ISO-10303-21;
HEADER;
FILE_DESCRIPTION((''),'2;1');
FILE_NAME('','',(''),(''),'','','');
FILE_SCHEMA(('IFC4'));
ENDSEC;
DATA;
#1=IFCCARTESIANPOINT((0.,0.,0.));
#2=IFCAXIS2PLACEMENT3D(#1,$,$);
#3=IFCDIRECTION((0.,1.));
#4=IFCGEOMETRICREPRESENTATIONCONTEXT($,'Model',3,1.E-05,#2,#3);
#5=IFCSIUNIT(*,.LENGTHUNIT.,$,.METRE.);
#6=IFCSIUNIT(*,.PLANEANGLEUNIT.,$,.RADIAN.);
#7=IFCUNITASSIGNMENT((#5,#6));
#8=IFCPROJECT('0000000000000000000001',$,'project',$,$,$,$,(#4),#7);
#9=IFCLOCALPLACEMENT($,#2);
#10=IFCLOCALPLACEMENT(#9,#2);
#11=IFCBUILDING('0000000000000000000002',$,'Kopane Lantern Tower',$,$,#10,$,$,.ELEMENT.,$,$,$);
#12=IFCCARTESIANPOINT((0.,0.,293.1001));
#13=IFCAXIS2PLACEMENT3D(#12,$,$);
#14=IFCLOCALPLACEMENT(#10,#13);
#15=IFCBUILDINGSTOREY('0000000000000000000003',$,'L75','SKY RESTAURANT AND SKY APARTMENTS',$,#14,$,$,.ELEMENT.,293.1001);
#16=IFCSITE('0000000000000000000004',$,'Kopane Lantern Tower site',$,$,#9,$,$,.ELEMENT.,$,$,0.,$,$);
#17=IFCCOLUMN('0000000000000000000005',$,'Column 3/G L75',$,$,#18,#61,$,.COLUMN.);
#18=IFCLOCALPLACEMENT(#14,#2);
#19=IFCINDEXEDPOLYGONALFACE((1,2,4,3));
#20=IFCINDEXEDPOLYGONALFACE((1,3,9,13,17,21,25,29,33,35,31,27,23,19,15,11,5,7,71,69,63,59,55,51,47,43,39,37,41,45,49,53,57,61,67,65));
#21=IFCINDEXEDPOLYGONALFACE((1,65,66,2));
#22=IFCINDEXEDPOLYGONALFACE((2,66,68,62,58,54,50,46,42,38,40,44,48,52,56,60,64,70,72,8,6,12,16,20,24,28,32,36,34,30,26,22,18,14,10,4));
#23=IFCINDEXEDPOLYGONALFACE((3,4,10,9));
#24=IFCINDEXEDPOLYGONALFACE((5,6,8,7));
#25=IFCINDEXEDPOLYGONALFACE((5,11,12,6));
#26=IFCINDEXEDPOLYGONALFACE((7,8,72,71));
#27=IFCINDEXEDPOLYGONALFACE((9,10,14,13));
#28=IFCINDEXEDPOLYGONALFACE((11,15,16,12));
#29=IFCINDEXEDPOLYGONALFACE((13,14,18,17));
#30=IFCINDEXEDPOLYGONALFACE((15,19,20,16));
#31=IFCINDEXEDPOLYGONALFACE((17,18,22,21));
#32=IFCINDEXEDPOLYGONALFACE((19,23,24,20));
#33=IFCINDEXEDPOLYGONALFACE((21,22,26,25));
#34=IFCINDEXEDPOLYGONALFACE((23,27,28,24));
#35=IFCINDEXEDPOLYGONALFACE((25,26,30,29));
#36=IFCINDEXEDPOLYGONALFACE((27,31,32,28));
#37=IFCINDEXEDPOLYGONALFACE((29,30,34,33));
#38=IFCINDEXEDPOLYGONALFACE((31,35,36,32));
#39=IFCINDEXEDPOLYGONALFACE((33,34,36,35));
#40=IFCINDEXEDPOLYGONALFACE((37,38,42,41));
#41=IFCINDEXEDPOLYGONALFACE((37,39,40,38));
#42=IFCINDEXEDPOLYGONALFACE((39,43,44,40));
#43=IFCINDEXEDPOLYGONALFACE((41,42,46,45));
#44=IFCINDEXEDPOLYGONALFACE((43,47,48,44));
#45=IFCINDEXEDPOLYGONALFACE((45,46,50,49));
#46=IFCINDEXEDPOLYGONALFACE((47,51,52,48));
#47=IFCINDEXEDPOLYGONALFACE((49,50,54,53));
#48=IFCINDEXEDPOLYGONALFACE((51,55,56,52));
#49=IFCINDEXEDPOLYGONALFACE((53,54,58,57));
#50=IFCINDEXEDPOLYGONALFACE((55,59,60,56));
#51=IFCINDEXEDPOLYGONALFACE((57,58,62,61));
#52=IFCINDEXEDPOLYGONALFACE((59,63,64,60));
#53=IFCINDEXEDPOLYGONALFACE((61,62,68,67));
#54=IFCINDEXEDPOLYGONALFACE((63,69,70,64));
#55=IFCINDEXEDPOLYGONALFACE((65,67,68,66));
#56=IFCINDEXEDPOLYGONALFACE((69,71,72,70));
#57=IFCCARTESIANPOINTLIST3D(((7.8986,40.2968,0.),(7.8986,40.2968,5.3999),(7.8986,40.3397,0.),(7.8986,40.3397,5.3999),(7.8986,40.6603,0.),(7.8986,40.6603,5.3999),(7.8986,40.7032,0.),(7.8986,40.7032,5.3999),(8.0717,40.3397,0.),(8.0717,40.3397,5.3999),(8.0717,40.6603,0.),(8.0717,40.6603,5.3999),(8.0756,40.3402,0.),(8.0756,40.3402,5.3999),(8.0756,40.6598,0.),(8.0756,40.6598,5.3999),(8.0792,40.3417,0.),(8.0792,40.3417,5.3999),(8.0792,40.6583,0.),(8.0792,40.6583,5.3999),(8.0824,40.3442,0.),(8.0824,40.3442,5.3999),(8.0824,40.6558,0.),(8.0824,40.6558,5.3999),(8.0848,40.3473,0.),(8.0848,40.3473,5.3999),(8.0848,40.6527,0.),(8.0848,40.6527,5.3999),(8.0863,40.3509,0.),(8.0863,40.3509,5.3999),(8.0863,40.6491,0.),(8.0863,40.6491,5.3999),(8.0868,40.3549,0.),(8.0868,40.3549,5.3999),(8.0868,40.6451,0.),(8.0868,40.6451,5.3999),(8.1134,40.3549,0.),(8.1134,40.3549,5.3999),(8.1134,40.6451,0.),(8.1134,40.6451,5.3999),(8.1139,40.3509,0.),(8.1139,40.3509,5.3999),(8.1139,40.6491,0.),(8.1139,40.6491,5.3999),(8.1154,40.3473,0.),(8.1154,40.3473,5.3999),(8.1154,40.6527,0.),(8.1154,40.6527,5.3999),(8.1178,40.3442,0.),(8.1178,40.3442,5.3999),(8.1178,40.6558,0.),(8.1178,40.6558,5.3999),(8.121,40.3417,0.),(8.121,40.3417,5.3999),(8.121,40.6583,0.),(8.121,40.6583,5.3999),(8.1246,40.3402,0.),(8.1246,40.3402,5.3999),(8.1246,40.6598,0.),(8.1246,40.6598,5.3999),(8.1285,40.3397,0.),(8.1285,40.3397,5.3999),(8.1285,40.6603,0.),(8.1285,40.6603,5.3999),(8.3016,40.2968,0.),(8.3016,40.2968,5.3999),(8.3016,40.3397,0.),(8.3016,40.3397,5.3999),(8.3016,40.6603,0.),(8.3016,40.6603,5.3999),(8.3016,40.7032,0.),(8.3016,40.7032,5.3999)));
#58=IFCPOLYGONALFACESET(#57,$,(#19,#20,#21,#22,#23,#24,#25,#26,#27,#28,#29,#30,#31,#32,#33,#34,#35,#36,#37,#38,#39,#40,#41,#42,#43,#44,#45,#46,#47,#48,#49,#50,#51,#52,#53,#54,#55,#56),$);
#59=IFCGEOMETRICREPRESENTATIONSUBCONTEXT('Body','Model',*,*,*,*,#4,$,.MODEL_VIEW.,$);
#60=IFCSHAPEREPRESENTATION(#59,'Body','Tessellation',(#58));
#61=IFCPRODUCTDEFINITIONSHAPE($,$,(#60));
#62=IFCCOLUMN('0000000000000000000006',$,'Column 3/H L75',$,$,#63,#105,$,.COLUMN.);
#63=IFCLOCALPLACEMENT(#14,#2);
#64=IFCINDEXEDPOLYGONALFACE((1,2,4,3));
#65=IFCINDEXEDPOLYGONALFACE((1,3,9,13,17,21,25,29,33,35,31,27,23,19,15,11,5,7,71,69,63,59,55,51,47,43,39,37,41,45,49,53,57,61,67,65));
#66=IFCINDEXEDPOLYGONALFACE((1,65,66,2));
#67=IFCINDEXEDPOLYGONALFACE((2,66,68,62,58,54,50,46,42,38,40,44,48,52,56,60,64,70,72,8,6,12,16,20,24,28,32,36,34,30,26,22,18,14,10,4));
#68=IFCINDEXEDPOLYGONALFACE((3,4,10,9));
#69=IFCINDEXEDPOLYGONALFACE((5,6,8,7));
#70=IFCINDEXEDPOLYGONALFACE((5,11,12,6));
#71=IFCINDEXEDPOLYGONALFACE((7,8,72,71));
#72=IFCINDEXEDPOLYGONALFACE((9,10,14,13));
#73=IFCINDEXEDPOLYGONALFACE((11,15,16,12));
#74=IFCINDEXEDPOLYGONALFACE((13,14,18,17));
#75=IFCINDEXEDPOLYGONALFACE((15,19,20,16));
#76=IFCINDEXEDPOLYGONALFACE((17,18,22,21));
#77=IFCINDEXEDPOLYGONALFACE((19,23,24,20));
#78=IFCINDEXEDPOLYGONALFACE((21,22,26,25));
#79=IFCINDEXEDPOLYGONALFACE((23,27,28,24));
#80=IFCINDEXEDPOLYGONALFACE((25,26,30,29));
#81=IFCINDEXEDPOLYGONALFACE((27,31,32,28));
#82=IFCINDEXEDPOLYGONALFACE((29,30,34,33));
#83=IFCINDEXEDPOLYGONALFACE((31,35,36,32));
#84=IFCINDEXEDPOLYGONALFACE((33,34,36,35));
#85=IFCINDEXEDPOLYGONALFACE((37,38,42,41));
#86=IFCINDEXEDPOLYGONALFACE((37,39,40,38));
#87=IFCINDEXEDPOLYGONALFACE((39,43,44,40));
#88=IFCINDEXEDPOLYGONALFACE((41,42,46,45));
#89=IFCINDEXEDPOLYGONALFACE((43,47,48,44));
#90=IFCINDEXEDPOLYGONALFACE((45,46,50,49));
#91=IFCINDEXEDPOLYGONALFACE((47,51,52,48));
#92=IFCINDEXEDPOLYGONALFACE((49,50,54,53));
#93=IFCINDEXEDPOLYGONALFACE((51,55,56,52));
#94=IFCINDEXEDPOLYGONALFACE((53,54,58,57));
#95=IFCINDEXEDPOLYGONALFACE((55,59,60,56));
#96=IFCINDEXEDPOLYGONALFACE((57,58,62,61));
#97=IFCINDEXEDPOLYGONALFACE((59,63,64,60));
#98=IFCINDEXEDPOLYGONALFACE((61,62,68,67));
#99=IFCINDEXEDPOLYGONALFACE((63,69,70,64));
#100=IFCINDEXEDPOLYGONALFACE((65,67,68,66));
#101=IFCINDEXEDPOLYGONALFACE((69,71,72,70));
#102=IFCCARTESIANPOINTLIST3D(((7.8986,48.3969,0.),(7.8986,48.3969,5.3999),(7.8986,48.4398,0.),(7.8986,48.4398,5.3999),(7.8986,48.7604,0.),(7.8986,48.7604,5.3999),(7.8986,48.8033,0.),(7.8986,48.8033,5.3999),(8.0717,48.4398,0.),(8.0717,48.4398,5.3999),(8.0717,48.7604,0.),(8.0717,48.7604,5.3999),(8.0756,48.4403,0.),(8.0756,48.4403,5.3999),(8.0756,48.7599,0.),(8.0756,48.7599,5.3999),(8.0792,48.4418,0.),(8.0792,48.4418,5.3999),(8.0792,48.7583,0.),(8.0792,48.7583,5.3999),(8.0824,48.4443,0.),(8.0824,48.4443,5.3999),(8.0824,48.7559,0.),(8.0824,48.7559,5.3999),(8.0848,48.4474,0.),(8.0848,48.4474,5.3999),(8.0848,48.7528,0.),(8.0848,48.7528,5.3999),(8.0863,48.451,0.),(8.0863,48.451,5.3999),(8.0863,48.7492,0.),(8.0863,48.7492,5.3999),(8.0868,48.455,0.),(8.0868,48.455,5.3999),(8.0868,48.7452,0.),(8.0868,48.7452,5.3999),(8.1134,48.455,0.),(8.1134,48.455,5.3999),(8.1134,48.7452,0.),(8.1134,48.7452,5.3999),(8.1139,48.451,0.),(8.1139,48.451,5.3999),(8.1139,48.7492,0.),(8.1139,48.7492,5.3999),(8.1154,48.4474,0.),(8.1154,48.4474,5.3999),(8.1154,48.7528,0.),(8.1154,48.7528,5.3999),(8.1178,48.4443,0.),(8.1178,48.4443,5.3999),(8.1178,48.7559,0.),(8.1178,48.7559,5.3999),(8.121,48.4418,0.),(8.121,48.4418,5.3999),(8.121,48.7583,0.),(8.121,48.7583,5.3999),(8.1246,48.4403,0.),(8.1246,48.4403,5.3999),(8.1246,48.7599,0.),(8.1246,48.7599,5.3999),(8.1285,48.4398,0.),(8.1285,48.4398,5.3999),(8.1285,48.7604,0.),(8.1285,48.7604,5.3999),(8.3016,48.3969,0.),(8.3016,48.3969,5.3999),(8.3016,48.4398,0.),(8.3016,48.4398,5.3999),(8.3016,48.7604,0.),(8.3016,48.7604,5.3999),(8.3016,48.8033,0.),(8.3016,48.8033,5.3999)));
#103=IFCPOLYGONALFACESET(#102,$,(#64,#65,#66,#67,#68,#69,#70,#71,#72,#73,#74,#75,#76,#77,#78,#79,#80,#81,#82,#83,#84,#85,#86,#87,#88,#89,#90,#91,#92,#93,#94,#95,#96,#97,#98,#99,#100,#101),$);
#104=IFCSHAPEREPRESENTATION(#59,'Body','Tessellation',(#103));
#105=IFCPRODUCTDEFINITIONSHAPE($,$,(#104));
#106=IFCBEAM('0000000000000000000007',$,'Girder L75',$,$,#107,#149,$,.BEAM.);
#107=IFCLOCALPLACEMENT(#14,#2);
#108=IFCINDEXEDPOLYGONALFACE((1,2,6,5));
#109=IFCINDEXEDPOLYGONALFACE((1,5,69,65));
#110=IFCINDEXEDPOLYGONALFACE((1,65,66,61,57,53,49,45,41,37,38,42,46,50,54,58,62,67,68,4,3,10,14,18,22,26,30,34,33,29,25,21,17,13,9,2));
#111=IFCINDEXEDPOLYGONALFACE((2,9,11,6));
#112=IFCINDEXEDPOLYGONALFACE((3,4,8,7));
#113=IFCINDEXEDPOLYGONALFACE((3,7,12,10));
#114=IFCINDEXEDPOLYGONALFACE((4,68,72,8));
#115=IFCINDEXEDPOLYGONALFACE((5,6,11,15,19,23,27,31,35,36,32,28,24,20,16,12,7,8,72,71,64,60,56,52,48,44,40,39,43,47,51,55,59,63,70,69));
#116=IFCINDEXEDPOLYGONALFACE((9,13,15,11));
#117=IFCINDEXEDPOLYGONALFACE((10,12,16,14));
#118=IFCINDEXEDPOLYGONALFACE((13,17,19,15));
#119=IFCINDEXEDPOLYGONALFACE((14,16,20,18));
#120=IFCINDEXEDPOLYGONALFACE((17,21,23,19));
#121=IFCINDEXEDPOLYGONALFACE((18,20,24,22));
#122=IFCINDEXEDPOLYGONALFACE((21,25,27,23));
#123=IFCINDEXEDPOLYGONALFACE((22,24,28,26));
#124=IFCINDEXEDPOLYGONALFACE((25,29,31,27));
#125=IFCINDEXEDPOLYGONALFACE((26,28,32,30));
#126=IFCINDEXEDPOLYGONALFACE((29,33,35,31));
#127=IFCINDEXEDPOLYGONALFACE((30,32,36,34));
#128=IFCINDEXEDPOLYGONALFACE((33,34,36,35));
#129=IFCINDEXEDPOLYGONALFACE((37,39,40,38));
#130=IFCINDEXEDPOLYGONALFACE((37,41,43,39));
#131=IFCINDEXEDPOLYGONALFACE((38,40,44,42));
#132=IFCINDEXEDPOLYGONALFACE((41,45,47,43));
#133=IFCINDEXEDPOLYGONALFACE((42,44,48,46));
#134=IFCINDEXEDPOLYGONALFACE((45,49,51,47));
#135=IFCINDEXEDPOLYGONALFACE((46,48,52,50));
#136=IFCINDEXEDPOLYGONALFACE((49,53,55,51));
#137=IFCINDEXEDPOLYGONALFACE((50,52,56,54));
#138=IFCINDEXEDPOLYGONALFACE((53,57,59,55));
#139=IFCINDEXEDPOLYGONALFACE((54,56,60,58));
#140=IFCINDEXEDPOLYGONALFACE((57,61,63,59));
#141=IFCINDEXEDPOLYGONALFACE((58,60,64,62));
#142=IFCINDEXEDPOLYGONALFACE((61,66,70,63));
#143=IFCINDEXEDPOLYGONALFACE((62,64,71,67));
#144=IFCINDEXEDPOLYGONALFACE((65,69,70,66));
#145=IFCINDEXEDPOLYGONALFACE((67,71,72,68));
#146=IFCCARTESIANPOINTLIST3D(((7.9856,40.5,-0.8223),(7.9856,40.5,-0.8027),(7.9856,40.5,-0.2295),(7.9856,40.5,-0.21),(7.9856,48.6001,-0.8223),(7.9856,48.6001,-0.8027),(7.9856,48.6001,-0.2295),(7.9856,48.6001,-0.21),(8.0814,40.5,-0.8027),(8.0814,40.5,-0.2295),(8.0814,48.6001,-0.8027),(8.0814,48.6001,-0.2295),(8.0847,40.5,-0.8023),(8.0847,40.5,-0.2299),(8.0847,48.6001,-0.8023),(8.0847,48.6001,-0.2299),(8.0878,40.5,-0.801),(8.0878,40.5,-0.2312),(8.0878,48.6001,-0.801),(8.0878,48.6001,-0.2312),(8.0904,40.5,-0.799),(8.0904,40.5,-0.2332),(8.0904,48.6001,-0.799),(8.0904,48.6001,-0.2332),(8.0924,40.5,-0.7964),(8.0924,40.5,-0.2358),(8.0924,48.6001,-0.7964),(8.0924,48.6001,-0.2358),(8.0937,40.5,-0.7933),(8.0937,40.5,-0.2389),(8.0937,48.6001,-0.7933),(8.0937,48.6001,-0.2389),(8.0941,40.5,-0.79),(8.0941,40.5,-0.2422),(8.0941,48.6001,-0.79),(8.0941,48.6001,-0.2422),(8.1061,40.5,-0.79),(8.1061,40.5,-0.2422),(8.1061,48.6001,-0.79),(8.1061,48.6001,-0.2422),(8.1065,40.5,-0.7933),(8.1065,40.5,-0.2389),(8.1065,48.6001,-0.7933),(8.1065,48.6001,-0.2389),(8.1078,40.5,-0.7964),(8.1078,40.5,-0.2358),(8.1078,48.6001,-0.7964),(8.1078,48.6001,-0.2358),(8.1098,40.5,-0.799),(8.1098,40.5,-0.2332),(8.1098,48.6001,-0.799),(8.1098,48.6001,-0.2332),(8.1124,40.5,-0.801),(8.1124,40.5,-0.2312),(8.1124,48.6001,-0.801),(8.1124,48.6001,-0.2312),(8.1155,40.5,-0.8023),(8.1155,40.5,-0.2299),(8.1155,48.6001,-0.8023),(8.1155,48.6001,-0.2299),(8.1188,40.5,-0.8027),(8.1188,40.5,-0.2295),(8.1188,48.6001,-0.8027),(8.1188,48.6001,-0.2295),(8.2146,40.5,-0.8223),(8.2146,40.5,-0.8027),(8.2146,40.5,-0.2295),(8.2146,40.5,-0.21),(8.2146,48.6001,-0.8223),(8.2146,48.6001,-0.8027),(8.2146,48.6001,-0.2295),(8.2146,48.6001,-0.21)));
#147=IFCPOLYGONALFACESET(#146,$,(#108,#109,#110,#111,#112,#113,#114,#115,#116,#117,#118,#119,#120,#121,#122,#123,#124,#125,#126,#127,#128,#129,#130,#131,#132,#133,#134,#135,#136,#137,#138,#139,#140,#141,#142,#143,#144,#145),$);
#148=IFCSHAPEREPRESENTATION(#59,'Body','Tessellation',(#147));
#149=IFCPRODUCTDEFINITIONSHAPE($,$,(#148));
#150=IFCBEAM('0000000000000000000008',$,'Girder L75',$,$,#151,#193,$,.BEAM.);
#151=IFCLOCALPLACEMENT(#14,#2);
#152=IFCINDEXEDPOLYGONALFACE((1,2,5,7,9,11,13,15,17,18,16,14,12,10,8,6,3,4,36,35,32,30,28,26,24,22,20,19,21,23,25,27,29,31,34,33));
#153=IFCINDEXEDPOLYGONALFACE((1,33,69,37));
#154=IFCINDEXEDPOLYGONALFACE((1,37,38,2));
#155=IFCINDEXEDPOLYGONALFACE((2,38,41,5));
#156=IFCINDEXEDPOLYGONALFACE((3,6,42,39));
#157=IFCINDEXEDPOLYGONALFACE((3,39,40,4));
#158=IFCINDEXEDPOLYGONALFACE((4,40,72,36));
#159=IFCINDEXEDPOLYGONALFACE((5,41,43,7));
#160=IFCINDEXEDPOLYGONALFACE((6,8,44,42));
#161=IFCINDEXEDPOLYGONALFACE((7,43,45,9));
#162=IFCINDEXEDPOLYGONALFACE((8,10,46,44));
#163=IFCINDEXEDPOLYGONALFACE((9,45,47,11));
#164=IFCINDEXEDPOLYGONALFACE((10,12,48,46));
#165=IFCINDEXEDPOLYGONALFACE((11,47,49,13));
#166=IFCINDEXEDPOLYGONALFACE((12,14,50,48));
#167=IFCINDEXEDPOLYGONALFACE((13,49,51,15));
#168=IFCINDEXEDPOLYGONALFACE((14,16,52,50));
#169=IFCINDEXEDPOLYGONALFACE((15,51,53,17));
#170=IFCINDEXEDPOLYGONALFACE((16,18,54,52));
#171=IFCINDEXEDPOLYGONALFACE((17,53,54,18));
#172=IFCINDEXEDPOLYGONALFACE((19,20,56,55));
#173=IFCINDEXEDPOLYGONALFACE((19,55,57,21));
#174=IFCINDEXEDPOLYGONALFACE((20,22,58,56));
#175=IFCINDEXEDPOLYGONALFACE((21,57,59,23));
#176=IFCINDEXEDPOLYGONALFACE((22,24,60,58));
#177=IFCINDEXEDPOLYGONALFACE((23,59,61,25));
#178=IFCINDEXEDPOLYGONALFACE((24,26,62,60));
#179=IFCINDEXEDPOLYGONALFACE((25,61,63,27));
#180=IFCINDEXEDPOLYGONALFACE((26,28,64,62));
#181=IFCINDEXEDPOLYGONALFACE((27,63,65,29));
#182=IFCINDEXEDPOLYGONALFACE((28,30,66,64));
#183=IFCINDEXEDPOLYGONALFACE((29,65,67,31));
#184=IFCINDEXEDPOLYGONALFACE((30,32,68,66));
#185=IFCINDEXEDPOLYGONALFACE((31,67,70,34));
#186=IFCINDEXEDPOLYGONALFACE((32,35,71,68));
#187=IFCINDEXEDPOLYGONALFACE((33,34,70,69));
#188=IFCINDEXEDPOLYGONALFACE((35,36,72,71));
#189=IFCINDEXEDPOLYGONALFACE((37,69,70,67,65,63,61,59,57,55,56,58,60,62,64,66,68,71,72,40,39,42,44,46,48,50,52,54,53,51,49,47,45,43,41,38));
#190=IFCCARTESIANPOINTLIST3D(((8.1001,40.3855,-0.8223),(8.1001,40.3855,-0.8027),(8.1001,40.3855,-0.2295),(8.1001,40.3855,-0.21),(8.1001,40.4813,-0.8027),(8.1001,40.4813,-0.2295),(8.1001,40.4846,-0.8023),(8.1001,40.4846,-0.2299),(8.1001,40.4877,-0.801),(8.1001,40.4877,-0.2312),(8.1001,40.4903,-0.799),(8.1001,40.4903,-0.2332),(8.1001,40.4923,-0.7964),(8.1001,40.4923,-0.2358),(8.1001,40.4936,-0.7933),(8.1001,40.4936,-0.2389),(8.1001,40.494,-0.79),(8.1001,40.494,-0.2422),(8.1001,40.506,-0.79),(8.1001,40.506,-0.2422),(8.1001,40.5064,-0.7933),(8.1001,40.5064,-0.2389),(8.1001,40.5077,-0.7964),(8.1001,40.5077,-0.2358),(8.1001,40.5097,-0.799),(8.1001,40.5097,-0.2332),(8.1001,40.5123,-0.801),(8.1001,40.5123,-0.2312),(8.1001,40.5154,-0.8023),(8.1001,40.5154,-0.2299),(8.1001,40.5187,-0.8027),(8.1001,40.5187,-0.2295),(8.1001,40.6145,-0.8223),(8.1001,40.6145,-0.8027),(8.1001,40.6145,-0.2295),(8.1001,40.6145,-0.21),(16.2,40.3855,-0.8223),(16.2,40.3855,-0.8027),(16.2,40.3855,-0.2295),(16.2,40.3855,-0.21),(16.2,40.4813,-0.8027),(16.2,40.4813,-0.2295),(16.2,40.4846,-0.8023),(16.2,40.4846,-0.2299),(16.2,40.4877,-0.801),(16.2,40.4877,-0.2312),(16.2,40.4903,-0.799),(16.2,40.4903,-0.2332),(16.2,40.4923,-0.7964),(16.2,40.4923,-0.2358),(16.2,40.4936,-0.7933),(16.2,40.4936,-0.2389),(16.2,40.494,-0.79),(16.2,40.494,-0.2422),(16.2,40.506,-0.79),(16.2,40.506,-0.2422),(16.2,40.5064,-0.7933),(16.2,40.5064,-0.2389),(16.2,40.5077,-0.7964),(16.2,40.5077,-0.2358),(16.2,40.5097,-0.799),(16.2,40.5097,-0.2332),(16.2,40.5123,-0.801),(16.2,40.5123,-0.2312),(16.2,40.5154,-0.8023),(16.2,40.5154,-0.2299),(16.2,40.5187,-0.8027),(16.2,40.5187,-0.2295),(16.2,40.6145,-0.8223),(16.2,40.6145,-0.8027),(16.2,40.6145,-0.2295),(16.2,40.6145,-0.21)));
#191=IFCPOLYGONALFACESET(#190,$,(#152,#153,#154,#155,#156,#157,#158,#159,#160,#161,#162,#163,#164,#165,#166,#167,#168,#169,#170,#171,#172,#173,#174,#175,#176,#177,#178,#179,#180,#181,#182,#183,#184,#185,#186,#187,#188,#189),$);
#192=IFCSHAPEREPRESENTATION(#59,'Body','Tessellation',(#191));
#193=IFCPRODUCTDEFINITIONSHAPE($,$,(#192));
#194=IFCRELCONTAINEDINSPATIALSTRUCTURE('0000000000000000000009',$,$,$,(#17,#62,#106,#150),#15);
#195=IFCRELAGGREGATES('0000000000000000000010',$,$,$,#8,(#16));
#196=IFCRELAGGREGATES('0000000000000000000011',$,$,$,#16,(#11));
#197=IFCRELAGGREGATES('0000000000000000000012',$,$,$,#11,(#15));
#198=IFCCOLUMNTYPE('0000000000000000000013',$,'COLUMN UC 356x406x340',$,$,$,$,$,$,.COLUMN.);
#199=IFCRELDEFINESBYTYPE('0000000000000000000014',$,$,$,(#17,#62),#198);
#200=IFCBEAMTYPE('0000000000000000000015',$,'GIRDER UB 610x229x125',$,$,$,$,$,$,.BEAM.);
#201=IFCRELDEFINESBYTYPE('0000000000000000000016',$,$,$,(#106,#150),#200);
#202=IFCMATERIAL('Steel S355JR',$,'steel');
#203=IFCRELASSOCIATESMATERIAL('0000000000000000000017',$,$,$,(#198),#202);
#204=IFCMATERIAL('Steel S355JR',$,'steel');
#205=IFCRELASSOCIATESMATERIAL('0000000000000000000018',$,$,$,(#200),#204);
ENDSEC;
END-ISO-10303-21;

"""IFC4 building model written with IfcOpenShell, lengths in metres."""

from ifc_helpers import new_model, si_unit, direction, frame, origin, origin_2d, place, context, subcontext, project, spatial, i_section, extrude, material, material_profile, profile_set, type_object, element, save


model = new_model("IFC4")

# Units and contexts
model_context = context("Model", 3, precision=1e-05, world=origin(), true_north=direction((0.0, 1.0)))
body_context = subcontext(model_context, "Body", "Model", "MODEL_VIEW")
ifc_project = project(units=[si_unit("LENGTHUNIT", "METRE"), si_unit("PLANEANGLEUNIT", "RADIAN")], contexts=[model_context])

# Site, building, storey
site_placement = place(None, origin())
site = spatial("IfcSite", under=ifc_project, at=site_placement, Name="Kopane Lantern Tower site", CompositionType="ELEMENT", RefElevation=0.0)
building_placement = place(site_placement, origin())
building = spatial("IfcBuilding", under=site, at=building_placement, Name="Kopane Lantern Tower", CompositionType="ELEMENT")
storey_placement = place(building_placement, frame((0.0, 0.0, 293.1001)))
storey = spatial("IfcBuildingStorey", under=building, at=storey_placement, Name="L75", Description="SKY RESTAURANT AND SKY APARTMENTS", CompositionType="ELEMENT", Elevation=293.1001)

# Columns
ifc_material_1 = material(Name="Steel S355JR", Category="steel")
ifc_material_profile_1 = material_profile(ifc_material_1, i_section(OverallWidth=0.4031, OverallDepth=0.4065, WebThickness=0.0266, FlangeThickness=0.043, FilletRadius=0.0151, at=origin_2d()), Name="UC 356x406x340")
ifc_profile_set_1 = profile_set([ifc_material_profile_1], Name="Steel S355JR")
column_type = type_object("IfcColumnType", Name="COLUMN UC 356x406x340", PredefinedType="COLUMN", material=ifc_profile_set_1)
for number, where, z_axis, x_axis, name in (
    (1, (8.1001, 40.5, 0.0), (0.0, 0.0, 1.0), (1.0, 0.0, 0.0), "Column 3/G L75"),
    (2, (8.1001, 48.6001, 0.0), (0.0, 0.0, 1.0), (1.0, 0.0, 0.0), "Column 3/H L75"),
):
    element("IfcColumn", number, at=place(storey_placement, frame(where, z_axis=z_axis, x_axis=x_axis)), inside=storey, type_object=column_type, Name=name, PredefinedType="COLUMN", context=body_context, shape_type="SweptSolid", body=[
        extrude(i_section(OverallWidth=0.4031, OverallDepth=0.4065, WebThickness=0.0266, FlangeThickness=0.043, FilletRadius=0.0151, at=origin_2d()), origin(), (0.0, 0.0, 1.0), 5.3999),
    ])

# Beams
ifc_material_2 = material(Name="Steel S355JR", Category="steel")
ifc_material_profile_2 = material_profile(ifc_material_2, i_section(OverallWidth=0.229, OverallDepth=0.6123, WebThickness=0.012, FlangeThickness=0.0195, FilletRadius=0.0127, at=origin_2d()), Name="UB 610x229x125")
ifc_profile_set_2 = profile_set([ifc_material_profile_2], Name="Steel S355JR")
beam_type = type_object("IfcBeamType", Name="GIRDER UB 610x229x125", PredefinedType="BEAM", material=ifc_profile_set_2)
beam_placement = place(storey_placement, frame((8.1001, 40.5, -0.5161), z_axis=(0.0, 1.0, 0.0), x_axis=(-1.0, 0.0, 0.0)))
element("IfcBeam", 3, at=beam_placement, inside=storey, type_object=beam_type, Name="Girder L75", PredefinedType="BEAM", context=body_context, shape_type="SweptSolid", body=[
    extrude(i_section(OverallWidth=0.229, OverallDepth=0.6123, WebThickness=0.012, FlangeThickness=0.0195, FilletRadius=0.0127, at=origin_2d()), origin(), (0.0, 0.0, 1.0), 8.1001),
])
for number, where, z_axis, x_axis, name in (
    (4, (8.1001, 40.5, -0.5161), (1.0, 0.0, 0.0), (0.0, 1.0, 0.0), "Girder L75"),
):
    element("IfcBeam", number, at=place(storey_placement, frame(where, z_axis=z_axis, x_axis=x_axis)), inside=storey, type_object=beam_type, Name=name, PredefinedType="BEAM", context=body_context, shape_type="SweptSolid", body=[
        extrude(i_section(OverallWidth=0.229, OverallDepth=0.6123, WebThickness=0.012, FlangeThickness=0.0195, FilletRadius=0.0127, at=origin_2d()), origin(), (0.0, 0.0, 1.0), 8.0999),
    ])

save(model, "model.ifc")
